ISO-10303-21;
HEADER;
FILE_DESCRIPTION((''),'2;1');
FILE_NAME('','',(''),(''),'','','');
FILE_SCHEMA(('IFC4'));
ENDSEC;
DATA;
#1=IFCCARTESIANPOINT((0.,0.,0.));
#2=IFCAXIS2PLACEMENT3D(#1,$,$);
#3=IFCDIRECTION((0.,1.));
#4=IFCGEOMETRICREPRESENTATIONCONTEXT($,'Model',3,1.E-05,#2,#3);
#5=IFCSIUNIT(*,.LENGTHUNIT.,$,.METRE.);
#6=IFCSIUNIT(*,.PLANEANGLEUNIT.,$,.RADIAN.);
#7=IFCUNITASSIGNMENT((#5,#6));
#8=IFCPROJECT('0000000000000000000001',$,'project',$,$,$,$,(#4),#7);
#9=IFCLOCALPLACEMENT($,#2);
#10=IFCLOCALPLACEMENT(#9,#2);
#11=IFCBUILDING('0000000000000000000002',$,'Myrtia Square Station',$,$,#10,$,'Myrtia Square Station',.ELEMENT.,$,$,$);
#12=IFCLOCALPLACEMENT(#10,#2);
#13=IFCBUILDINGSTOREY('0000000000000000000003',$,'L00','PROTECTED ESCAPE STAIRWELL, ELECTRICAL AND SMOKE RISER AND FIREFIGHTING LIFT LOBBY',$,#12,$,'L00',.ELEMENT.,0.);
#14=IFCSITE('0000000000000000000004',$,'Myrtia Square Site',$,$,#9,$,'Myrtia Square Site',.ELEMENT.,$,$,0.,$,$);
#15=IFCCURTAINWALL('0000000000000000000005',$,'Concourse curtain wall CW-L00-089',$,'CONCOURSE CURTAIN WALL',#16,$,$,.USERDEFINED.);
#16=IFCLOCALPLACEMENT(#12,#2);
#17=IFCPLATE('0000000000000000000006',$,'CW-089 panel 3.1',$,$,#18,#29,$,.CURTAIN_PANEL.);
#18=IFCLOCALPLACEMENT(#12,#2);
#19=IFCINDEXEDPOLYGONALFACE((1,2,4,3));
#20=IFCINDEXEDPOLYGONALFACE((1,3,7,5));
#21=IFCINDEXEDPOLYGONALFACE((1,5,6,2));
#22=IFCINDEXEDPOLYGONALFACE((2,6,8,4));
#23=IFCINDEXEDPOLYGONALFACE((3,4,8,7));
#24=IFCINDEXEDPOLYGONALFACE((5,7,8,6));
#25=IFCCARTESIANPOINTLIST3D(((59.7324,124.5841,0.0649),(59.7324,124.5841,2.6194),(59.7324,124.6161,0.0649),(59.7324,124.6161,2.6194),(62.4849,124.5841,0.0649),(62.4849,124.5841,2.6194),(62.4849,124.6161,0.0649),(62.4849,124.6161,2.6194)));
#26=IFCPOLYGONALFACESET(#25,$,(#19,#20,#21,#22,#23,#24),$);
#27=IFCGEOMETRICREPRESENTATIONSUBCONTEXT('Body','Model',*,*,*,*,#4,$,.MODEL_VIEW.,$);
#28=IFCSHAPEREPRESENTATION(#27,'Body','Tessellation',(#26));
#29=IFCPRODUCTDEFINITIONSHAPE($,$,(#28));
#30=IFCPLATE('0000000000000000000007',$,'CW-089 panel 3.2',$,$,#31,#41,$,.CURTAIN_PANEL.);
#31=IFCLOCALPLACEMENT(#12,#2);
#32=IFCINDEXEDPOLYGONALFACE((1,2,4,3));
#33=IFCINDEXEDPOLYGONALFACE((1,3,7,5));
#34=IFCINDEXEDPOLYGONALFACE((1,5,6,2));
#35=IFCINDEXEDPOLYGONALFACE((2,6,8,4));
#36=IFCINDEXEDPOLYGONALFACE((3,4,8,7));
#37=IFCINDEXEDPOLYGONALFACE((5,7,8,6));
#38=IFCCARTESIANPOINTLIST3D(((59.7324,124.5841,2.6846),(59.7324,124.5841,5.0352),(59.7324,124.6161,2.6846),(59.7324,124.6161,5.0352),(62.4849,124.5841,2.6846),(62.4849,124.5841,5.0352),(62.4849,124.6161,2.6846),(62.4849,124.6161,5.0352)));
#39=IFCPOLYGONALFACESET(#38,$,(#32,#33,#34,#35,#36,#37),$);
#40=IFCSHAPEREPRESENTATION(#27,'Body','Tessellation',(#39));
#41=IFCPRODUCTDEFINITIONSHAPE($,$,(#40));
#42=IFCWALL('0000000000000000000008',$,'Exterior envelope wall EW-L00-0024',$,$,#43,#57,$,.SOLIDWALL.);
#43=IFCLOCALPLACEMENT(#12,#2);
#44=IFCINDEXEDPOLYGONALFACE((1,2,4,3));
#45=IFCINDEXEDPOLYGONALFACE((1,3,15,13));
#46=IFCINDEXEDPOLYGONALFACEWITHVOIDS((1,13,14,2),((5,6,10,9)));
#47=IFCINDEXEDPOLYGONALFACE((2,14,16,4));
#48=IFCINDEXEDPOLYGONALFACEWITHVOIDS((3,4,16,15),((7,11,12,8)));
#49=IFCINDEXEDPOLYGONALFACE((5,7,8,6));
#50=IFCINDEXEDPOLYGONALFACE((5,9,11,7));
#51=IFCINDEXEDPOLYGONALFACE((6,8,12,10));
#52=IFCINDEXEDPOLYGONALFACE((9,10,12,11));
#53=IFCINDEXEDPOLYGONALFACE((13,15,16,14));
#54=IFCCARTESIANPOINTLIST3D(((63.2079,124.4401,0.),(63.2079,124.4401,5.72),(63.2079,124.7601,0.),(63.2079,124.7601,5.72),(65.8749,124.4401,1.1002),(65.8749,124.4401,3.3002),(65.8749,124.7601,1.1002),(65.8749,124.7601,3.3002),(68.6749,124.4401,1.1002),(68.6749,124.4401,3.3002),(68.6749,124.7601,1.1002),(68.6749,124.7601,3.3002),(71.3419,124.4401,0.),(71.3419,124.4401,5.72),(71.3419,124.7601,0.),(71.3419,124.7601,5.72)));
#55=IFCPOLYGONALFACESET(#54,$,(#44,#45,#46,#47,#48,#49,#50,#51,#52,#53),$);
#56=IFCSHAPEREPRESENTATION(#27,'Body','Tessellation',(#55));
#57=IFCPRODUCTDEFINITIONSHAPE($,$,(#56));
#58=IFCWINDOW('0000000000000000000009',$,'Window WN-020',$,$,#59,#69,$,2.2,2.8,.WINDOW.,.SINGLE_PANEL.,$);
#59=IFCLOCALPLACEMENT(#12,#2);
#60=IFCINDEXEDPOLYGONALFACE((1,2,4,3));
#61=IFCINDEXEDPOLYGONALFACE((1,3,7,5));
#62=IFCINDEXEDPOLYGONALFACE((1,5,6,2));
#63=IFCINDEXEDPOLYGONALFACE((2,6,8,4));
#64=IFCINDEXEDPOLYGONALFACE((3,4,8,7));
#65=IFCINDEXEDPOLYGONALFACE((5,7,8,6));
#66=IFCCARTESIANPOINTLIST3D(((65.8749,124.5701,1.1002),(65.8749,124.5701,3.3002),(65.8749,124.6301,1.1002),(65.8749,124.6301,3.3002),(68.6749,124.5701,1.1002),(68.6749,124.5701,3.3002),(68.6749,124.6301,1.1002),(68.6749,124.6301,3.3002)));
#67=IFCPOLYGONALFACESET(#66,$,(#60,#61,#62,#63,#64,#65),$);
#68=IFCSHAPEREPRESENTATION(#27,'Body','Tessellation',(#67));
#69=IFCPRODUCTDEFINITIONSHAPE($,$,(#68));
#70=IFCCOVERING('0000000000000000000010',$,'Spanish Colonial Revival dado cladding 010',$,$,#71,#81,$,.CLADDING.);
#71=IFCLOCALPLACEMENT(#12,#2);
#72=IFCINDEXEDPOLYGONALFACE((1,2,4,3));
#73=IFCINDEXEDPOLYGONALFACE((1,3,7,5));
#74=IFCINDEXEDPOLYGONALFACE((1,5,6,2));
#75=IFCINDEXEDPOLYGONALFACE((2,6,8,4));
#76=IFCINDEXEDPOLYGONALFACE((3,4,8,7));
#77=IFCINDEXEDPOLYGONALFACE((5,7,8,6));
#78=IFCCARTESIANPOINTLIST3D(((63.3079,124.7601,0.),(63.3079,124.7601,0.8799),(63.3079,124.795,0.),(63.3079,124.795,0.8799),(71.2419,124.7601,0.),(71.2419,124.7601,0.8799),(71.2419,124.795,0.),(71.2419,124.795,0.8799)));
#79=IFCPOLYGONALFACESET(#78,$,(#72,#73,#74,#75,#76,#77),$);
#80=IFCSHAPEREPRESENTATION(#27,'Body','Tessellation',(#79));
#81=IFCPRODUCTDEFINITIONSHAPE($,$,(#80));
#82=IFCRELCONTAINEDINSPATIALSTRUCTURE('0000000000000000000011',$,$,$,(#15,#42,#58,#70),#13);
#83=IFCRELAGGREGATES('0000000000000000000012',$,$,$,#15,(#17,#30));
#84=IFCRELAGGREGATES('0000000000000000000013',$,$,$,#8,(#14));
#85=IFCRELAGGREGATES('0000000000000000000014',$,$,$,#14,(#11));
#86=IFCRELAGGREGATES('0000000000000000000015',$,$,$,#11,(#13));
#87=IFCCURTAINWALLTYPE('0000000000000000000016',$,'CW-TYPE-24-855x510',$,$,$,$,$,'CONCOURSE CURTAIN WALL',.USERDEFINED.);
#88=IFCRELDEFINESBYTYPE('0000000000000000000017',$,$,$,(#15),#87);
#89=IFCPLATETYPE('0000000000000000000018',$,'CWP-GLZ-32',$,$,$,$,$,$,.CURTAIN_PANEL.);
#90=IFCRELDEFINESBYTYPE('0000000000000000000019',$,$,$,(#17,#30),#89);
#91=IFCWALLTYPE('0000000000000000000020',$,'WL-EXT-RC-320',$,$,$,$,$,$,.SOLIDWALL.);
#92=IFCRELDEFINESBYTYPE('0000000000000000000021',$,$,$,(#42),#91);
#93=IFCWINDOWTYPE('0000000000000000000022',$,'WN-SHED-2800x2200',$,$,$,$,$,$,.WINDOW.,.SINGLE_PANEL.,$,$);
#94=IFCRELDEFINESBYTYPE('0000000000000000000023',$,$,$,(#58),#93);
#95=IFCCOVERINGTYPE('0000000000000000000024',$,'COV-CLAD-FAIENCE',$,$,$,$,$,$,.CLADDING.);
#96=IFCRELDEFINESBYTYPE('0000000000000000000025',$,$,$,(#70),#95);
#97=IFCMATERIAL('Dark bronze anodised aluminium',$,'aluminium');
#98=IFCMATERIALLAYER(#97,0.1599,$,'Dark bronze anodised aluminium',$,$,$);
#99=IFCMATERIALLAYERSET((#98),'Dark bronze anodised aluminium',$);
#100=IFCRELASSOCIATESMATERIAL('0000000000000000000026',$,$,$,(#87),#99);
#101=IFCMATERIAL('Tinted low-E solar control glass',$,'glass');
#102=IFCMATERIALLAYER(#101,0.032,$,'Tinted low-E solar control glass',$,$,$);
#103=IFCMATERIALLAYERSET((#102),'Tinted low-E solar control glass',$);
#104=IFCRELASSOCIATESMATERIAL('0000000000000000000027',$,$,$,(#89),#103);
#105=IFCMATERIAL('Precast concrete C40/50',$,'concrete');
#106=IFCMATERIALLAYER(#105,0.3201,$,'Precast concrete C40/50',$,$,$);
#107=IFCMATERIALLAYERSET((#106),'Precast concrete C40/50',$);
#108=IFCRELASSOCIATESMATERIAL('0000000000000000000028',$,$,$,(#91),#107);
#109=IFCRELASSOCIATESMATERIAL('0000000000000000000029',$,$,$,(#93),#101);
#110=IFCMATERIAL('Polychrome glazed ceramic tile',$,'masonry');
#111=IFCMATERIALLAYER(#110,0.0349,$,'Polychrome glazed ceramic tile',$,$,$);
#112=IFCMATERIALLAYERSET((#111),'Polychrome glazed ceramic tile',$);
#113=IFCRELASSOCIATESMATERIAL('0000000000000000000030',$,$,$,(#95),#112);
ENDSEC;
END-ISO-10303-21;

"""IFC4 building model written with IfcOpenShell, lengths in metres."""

from ifc_helpers import new_model, si_unit, direction, frame, frame_2d, origin, origin_2d, place, context, subcontext, project, spatial, rectangle, extrude, material, layer, layer_set, type_object, element, fill, aggregate, save


model = new_model("IFC4")

# Units and contexts
model_context = context("Model", 3, precision=1e-05, world=origin(), true_north=direction((0.0, 1.0)))
body_context = subcontext(model_context, "Body", "Model", "MODEL_VIEW")
ifc_project = project(units=[si_unit("LENGTHUNIT", "METRE"), si_unit("PLANEANGLEUNIT", "RADIAN")], contexts=[model_context])

# Site, building, storey
site_placement = place(None, origin())
site = spatial("IfcSite", under=ifc_project, at=site_placement, Name="Myrtia Square Site", LongName="Myrtia Square Site", CompositionType="ELEMENT", RefElevation=0.0)
building_placement = place(site_placement, origin())
building = spatial("IfcBuilding", under=site, at=building_placement, Name="Myrtia Square Station", LongName="Myrtia Square Station", CompositionType="ELEMENT")
storey_placement = place(building_placement, origin())
storey = spatial("IfcBuildingStorey", under=building, at=storey_placement, Name="L00", Description="PROTECTED ESCAPE STAIRWELL, ELECTRICAL AND SMOKE RISER AND FIREFIGHTING LIFT LOBBY", LongName="L00", CompositionType="ELEMENT", Elevation=0.0)

# Curtain wall
ifc_material_1 = material(Name="Dark bronze anodised aluminium", Category="aluminium")
ifc_layer_1 = layer(ifc_material_1, 0.1599, Name="Dark bronze anodised aluminium")
ifc_layer_set_1 = layer_set([ifc_layer_1], Name="Dark bronze anodised aluminium")
curtain_wall_type_1 = type_object("IfcCurtainWallType", Name="CW-TYPE-24-855x510", ElementType="CONCOURSE CURTAIN WALL", PredefinedType="USERDEFINED", material=ifc_layer_set_1)
curtain_wall_1_placement = place(storey_placement, origin())
curtain_wall_1 = element("IfcCurtainWall", 1, at=curtain_wall_1_placement, inside=storey, type_object=curtain_wall_type_1, Name="Concourse curtain wall CW-L00-089", ObjectType="CONCOURSE CURTAIN WALL", PredefinedType="USERDEFINED")

# Plates
ifc_material_2 = material(Name="Tinted low-E solar control glass", Category="glass")
ifc_layer_2 = layer(ifc_material_2, 0.032, Name="Tinted low-E solar control glass")
ifc_layer_set_2 = layer_set([ifc_layer_2], Name="Tinted low-E solar control glass")
plate_type_1 = type_object("IfcPlateType", Name="CWP-GLZ-32", PredefinedType="CURTAIN_PANEL", material=ifc_layer_set_2)
plate_1_placement = place(storey_placement, frame((61.1086, 124.6001, 0.0649), z_axis=(0.0, 0.0, 1.0), x_axis=(1.0, 0.0, 0.0)))
plate_1 = element("IfcPlate", 2, at=plate_1_placement, type_object=plate_type_1, Name="CW-089 panel 3.1", PredefinedType="CURTAIN_PANEL", context=body_context, shape_type="SweptSolid", body=[
    extrude(rectangle(XDim=2.7524, YDim=0.032, at=origin_2d()), origin(), (0.0, 0.0, 1.0), 2.5544),
])
plate_2_placement = place(storey_placement, frame((61.1086, 124.6001, 2.6846), z_axis=(0.0, 0.0, 1.0), x_axis=(1.0, 0.0, 0.0)))
plate_2 = element("IfcPlate", 3, at=plate_2_placement, type_object=plate_type_1, Name="CW-089 panel 3.2", PredefinedType="CURTAIN_PANEL", context=body_context, shape_type="SweptSolid", body=[
    extrude(rectangle(XDim=2.7524, YDim=0.032, at=origin_2d()), origin(), (0.0, 0.0, 1.0), 2.3506),
])
aggregate(curtain_wall_1, [plate_1, plate_2])

# Wall, opening, window
ifc_material_3 = material(Name="Precast concrete C40/50", Category="concrete")
ifc_layer_3 = layer(ifc_material_3, 0.3201, Name="Precast concrete C40/50")
ifc_layer_set_3 = layer_set([ifc_layer_3], Name="Precast concrete C40/50")
wall_type = type_object("IfcWallType", Name="WL-EXT-RC-320", PredefinedType="SOLIDWALL", material=ifc_layer_set_3)
wall_placement = place(storey_placement, frame((63.208, 124.6001, 0.0), z_axis=(0.0, 0.0, 1.0), x_axis=(1.0, 0.0, 0.0)))
wall = element("IfcWall", 4, at=wall_placement, inside=storey, type_object=wall_type, Name="Exterior envelope wall EW-L00-0024", PredefinedType="SOLIDWALL", context=body_context, shape_type="SweptSolid", body=[
    extrude(rectangle(XDim=8.134, YDim=0.3201, at=frame_2d((4.0669, 0.0))), origin(), (0.0, 0.0, 1.0), 5.72),
])
opening_placement = place(wall_placement, frame((2.667, 0.0, 1.1001)))
opening = element("IfcOpeningElement", 5, at=opening_placement, cuts=wall, PredefinedType="OPENING", context=body_context, shape_type="SweptSolid", body=[
    extrude(rectangle(XDim=2.8, YDim=2.2, at=frame_2d((1.3999, 1.1001))), frame((0.0, 0.175, 0.0), z_axis=(0.0, -1.0, 0.0), x_axis=(1.0, 0.0, 0.0)), (0.0, 0.0, 1.0), 0.3501),
])
window_type = type_object("IfcWindowType", Name="WN-SHED-2800x2200", PartitioningType="SINGLE_PANEL", PredefinedType="WINDOW", material=ifc_material_2)
window_placement = place(opening_placement, origin())
window = element("IfcWindow", 6, at=window_placement, inside=storey, type_object=window_type, Name="Window WN-020", OverallHeight=2.2, OverallWidth=2.8, PartitioningType="SINGLE_PANEL", PredefinedType="WINDOW", context=body_context, shape_type="SweptSolid", body=[
    extrude(rectangle(XDim=2.8, YDim=2.2, at=frame_2d((1.3999, 1.1001))), frame((0.0, 0.03, 0.0), z_axis=(0.0, -1.0, 0.0), x_axis=(1.0, 0.0, 0.0)), (0.0, 0.0, 1.0), 0.0601),
])
fill(opening, window)

# Covering
ifc_material_4 = material(Name="Polychrome glazed ceramic tile", Category="masonry")
ifc_layer_4 = layer(ifc_material_4, 0.0349, Name="Polychrome glazed ceramic tile")
ifc_layer_set_4 = layer_set([ifc_layer_4], Name="Polychrome glazed ceramic tile")
covering_type = type_object("IfcCoveringType", Name="COV-CLAD-FAIENCE", PredefinedType="CLADDING", material=ifc_layer_set_4)
covering_placement = place(storey_placement, frame((67.2749, 124.7776, 0.0), z_axis=(0.0, 0.0, 1.0), x_axis=(1.0, 0.0, 0.0)))
element("IfcCovering", 7, at=covering_placement, inside=storey, type_object=covering_type, Name="Spanish Colonial Revival dado cladding 010", PredefinedType="CLADDING", context=body_context, shape_type="SweptSolid", body=[
    extrude(rectangle(XDim=7.9341, YDim=0.0349, at=origin_2d()), origin(), (0.0, 0.0, 1.0), 0.8799),
])

save(model, "model.ifc")
